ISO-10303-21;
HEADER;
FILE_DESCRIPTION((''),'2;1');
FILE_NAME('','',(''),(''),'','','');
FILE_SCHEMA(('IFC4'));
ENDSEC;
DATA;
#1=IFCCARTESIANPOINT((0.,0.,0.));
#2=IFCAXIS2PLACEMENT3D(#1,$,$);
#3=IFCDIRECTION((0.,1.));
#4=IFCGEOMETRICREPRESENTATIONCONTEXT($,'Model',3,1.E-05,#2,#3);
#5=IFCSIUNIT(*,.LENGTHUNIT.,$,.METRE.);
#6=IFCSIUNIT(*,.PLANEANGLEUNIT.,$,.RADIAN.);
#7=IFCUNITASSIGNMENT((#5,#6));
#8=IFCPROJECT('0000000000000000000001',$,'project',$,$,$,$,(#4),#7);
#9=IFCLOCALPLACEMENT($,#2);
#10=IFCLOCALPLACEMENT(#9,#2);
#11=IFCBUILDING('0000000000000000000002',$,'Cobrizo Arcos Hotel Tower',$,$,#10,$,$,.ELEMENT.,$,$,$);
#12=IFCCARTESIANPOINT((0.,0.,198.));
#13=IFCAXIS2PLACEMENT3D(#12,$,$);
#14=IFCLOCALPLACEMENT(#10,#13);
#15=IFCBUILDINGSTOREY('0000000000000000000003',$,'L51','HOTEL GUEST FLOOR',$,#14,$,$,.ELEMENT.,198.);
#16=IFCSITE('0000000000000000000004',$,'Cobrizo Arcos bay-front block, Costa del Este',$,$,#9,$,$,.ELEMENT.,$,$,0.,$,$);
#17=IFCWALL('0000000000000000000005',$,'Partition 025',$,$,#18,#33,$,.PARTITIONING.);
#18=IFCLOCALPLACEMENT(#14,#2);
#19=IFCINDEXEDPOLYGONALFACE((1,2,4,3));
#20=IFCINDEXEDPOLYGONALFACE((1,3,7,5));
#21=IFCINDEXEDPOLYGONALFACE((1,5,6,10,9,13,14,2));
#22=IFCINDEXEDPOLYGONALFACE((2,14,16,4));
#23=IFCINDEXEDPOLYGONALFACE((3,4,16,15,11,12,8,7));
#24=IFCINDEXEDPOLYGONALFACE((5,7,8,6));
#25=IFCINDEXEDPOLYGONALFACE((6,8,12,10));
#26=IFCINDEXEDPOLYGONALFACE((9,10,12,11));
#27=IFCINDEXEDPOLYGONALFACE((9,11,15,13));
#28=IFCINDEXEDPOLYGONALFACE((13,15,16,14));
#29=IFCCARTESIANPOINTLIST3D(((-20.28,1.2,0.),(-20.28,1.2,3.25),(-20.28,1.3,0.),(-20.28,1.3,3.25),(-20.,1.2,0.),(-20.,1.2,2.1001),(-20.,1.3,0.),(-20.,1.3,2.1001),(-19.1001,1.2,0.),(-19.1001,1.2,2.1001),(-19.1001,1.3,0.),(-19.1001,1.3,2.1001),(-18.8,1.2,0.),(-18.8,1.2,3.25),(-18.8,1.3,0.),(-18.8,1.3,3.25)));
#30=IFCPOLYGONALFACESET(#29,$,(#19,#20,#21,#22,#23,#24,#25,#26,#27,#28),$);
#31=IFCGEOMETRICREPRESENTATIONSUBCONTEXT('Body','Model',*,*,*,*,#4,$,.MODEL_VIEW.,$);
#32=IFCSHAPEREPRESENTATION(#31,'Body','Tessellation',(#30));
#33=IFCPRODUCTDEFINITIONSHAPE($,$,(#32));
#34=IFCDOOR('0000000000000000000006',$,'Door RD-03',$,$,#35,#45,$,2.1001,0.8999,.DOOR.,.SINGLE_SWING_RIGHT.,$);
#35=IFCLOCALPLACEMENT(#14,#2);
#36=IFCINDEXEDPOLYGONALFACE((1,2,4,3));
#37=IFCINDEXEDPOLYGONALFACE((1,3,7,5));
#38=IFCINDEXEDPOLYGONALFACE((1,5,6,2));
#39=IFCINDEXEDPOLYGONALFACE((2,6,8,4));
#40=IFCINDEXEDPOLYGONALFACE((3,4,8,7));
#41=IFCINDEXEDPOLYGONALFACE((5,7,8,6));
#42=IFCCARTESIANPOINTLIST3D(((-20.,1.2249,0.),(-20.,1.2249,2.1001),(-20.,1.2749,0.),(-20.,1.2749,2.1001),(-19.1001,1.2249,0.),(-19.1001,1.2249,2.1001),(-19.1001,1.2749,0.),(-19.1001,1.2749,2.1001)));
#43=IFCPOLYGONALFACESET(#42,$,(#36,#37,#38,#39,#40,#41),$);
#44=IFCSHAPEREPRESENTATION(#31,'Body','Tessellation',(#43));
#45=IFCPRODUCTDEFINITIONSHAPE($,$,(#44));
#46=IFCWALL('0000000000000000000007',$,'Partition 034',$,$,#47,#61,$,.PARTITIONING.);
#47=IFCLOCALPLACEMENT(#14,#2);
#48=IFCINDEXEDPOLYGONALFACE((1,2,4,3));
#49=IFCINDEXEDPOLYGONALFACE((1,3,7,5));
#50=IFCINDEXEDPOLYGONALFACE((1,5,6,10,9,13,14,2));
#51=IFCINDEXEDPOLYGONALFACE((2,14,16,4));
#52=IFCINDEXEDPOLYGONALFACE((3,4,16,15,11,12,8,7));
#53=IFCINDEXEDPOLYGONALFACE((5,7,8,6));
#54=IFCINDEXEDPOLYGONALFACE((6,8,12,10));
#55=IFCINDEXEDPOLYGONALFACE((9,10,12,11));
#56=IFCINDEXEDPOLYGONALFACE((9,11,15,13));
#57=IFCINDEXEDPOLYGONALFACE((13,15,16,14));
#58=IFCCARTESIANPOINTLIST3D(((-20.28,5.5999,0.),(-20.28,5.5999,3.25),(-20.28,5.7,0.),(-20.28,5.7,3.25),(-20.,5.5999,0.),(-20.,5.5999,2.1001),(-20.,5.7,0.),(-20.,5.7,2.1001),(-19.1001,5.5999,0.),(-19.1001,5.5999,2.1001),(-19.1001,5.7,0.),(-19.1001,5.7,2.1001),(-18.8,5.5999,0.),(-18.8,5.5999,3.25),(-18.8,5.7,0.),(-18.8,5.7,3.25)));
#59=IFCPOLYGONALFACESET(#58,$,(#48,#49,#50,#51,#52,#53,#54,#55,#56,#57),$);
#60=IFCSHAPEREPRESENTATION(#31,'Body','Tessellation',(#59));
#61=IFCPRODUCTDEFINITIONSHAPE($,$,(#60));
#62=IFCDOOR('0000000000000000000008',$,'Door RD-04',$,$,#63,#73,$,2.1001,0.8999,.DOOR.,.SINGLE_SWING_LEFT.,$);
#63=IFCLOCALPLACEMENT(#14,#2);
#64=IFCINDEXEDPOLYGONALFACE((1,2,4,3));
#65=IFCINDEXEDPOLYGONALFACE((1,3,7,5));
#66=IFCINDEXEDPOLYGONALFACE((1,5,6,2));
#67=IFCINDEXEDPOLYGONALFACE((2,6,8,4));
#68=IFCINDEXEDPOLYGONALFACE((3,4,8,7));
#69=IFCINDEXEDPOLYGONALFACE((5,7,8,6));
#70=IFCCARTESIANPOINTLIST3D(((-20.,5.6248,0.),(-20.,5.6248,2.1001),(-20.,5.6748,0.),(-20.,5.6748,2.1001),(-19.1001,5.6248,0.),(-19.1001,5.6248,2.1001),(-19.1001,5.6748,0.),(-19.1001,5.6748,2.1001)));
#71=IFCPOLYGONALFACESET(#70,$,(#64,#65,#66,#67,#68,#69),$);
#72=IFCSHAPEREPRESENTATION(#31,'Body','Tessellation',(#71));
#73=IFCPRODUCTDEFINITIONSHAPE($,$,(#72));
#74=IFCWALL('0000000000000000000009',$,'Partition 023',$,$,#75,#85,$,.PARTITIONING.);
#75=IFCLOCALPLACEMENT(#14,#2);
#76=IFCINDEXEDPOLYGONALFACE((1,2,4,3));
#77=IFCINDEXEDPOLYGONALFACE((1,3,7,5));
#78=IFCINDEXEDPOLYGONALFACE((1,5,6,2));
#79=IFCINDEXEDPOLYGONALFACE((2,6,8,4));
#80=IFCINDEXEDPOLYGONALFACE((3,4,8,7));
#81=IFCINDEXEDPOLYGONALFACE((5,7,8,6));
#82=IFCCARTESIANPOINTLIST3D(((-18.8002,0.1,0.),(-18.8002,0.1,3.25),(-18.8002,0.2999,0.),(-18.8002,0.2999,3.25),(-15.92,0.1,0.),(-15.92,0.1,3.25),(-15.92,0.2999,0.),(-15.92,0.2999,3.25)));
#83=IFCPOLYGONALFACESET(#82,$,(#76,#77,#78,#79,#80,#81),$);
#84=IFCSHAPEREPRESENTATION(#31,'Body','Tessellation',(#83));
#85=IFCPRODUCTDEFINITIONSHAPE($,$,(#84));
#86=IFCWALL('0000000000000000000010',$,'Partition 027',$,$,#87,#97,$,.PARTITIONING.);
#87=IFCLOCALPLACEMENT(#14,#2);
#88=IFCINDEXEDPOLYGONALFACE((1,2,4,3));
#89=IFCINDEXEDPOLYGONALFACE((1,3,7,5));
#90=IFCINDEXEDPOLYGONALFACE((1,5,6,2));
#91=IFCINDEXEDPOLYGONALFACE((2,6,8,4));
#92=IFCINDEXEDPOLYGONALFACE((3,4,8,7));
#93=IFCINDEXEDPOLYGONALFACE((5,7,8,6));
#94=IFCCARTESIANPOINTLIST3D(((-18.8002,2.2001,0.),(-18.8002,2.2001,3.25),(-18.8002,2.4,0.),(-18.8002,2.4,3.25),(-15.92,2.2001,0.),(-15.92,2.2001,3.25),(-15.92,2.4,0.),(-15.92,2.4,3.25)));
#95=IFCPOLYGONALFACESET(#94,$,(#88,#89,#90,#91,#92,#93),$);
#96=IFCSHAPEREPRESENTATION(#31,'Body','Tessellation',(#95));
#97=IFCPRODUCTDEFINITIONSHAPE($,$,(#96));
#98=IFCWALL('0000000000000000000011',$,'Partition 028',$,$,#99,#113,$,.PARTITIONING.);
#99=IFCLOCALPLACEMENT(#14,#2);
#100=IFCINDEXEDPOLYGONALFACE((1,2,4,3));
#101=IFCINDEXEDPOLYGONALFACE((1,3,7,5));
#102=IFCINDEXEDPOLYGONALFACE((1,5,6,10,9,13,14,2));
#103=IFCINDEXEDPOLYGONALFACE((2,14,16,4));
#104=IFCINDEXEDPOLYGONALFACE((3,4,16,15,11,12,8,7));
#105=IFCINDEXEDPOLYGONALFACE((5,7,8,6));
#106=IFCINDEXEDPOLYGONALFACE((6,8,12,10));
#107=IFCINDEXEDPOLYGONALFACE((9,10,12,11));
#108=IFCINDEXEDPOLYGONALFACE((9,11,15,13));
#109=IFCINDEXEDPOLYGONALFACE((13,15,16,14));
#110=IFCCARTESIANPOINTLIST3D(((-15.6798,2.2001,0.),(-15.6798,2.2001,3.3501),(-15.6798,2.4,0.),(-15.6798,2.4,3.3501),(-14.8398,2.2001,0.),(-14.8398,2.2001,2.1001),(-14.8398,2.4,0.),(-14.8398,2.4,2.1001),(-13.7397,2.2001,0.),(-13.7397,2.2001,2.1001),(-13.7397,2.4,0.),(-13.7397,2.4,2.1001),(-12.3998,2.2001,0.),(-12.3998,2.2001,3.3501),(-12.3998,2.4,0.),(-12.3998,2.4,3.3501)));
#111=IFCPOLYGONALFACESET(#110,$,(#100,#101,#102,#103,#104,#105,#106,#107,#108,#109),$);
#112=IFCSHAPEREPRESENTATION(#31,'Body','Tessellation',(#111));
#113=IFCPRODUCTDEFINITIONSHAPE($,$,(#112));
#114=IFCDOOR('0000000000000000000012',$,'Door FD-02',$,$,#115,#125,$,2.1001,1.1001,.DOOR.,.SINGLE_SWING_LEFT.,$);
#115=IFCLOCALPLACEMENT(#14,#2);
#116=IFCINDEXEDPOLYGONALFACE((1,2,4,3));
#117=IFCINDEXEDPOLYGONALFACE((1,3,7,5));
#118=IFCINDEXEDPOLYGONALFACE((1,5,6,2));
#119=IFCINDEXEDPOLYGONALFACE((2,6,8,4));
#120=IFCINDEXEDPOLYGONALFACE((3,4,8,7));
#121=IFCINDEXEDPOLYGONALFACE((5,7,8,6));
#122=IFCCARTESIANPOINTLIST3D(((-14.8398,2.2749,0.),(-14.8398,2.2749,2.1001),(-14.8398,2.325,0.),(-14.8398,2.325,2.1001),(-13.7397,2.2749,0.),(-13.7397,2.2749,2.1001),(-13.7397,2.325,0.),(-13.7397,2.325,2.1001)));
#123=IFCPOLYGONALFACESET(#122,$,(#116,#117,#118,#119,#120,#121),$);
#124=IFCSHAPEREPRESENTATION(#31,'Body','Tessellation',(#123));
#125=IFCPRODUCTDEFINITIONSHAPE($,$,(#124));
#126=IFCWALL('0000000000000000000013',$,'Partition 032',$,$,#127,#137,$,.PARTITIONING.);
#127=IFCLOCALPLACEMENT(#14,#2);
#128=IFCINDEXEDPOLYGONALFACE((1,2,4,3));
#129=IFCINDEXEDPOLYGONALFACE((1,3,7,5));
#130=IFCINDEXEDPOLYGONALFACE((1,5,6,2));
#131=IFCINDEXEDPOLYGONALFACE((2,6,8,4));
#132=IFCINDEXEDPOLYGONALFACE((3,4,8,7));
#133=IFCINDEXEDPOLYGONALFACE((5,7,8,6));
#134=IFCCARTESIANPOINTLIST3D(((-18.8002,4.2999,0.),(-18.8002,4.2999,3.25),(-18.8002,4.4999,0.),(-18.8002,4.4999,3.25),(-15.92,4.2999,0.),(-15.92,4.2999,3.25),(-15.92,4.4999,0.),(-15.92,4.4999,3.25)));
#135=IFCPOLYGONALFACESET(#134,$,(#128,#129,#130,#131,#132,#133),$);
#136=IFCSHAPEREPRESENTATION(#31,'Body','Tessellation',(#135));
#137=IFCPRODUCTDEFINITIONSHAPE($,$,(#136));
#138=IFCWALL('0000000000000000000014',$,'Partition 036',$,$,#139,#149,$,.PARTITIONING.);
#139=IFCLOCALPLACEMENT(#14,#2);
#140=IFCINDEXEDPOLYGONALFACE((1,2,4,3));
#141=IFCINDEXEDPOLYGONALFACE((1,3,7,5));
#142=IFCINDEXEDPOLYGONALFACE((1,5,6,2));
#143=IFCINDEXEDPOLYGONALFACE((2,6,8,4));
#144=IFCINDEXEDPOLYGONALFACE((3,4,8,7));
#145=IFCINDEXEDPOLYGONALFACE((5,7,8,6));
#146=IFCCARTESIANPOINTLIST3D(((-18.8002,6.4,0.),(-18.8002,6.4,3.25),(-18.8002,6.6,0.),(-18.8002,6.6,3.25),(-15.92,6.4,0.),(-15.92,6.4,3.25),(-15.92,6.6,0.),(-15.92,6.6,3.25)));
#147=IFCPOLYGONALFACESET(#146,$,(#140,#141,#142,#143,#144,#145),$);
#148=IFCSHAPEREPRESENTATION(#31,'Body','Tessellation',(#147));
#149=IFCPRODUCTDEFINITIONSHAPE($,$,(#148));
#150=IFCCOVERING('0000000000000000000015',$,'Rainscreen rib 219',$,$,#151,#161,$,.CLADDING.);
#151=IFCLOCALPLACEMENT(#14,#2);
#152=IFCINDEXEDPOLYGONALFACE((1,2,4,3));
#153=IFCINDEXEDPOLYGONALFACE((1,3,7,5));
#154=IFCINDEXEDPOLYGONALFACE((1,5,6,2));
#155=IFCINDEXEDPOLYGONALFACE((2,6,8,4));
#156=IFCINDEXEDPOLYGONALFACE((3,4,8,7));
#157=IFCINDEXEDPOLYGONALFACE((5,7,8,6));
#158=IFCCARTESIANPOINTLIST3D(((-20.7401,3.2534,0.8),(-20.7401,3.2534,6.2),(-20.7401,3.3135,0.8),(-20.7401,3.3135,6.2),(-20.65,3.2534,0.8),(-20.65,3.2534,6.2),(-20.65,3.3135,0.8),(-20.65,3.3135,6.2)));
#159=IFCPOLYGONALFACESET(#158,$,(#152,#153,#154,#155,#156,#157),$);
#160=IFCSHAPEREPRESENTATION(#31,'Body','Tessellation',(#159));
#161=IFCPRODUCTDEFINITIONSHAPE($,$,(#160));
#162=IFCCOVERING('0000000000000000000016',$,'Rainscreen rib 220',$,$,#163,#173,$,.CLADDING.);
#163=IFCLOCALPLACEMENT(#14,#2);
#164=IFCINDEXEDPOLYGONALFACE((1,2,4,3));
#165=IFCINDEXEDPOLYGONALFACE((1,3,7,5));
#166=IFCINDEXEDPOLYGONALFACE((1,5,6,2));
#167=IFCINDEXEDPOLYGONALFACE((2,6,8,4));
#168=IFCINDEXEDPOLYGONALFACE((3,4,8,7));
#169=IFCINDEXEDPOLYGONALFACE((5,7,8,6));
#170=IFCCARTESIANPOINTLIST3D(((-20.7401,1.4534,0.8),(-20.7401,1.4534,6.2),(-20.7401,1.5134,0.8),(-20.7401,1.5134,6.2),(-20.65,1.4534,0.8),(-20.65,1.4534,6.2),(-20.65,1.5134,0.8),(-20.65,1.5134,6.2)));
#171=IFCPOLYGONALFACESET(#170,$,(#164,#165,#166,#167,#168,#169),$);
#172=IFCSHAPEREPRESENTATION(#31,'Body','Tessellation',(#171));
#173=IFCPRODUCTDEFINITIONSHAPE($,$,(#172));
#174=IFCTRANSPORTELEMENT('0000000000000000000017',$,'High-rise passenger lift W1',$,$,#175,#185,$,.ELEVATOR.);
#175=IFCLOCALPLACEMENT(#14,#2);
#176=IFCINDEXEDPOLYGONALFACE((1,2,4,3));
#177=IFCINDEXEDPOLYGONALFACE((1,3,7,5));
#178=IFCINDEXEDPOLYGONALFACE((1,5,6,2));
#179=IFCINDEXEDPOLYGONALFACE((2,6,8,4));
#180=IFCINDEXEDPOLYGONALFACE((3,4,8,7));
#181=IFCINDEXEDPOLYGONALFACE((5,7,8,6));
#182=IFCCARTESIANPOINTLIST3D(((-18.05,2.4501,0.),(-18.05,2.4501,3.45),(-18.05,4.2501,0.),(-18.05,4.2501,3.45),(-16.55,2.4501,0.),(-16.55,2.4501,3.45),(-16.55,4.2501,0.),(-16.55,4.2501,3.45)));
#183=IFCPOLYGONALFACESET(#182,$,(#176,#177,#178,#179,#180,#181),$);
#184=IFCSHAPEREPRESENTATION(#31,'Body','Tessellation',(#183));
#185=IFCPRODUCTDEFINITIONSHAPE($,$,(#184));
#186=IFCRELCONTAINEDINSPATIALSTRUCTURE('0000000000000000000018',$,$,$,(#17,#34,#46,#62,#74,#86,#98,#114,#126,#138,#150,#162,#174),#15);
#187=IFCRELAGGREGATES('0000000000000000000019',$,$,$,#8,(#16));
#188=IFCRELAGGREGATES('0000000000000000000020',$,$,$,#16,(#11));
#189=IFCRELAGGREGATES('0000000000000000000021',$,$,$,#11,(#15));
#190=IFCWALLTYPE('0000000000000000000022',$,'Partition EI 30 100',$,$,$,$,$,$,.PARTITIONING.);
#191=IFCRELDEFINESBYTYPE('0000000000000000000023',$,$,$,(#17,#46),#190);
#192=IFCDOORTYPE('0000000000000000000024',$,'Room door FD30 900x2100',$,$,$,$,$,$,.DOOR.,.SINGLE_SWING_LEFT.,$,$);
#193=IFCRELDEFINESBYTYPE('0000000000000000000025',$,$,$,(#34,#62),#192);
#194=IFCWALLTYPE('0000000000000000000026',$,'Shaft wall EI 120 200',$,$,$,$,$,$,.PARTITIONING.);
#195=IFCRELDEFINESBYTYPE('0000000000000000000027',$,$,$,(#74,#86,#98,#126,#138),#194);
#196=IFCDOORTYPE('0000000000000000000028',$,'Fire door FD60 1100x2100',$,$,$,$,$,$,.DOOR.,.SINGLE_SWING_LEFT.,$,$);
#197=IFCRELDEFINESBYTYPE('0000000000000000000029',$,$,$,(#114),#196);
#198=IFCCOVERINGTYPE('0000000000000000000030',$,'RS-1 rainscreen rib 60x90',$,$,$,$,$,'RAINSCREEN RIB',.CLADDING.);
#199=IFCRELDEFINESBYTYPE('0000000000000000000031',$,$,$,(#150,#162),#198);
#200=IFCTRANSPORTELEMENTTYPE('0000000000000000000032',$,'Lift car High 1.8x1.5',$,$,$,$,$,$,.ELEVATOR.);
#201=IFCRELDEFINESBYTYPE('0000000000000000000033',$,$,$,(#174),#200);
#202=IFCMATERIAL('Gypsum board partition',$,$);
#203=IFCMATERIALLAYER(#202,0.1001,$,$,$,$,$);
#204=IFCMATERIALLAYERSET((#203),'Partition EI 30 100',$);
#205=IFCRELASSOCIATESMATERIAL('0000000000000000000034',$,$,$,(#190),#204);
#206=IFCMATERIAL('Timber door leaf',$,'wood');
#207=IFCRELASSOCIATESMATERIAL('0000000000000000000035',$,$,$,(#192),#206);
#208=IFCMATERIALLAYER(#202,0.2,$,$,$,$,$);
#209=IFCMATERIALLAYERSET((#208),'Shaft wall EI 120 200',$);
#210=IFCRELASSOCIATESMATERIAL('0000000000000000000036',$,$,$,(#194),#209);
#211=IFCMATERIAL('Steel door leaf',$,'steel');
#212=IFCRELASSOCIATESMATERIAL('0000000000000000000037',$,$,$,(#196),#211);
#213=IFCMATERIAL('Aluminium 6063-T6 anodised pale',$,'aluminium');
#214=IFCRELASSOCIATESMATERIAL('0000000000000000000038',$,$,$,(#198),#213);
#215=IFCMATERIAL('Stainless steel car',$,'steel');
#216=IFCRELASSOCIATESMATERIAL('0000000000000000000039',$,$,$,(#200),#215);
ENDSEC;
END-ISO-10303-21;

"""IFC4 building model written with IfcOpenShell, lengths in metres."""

from ifc_helpers import new_model, si_unit, direction, frame, frame_2d, origin, origin_2d, place, context, subcontext, project, spatial, rectangle, extrude, material, layer, layer_set, type_object, element, fill, save


model = new_model("IFC4")

# Units and contexts
model_context = context("Model", 3, precision=1e-05, world=origin(), true_north=direction((0.0, 1.0)))
body_context = subcontext(model_context, "Body", "Model", "MODEL_VIEW")
ifc_project = project(units=[si_unit("LENGTHUNIT", "METRE"), si_unit("PLANEANGLEUNIT", "RADIAN")], contexts=[model_context])

# Site, building, storey
site_placement = place(None, origin())
site = spatial("IfcSite", under=ifc_project, at=site_placement, Name="Cobrizo Arcos bay-front block, Costa del Este", CompositionType="ELEMENT", RefElevation=0.0)
building_placement = place(site_placement, origin())
building = spatial("IfcBuilding", under=site, at=building_placement, Name="Cobrizo Arcos Hotel Tower", CompositionType="ELEMENT")
storey_placement = place(building_placement, frame((0.0, 0.0, 198.0)))
storey = spatial("IfcBuildingStorey", under=building, at=storey_placement, Name="L51", Description="HOTEL GUEST FLOOR", CompositionType="ELEMENT", Elevation=198.0)

# Walls, openings, doors
ifc_material_1 = material(Name="Gypsum board partition")
ifc_layer_1 = layer(ifc_material_1, 0.1001)
ifc_layer_set_1 = layer_set([ifc_layer_1], Name="Partition EI 30 100")
wall_type_1 = type_object("IfcWallType", Name="Partition EI 30 100", PredefinedType="PARTITIONING", material=ifc_layer_set_1)
wall_1_placement = place(storey_placement, frame((-20.28, 1.25, 0.0), z_axis=(0.0, 0.0, 1.0), x_axis=(1.0, 0.0, 0.0)))
wall_1 = element("IfcWall", 1, at=wall_1_placement, inside=storey, type_object=wall_type_1, Name="Partition 025", PredefinedType="PARTITIONING", context=body_context, shape_type="SweptSolid", body=[
    extrude(rectangle(XDim=1.48, YDim=0.1001, at=frame_2d((0.74, 0.0))), origin(), (0.0, 0.0, 1.0), 3.25),
])
opening_1_placement = place(wall_1_placement, frame((0.28, 0.0, 0.0)))
opening_1 = element("IfcOpeningElement", 2, at=opening_1_placement, cuts=wall_1, PredefinedType="OPENING", context=body_context, shape_type="SweptSolid", body=[
    extrude(rectangle(XDim=0.8999, YDim=2.1001, at=frame_2d((0.45, 1.05))), frame((0.0, 0.062, 0.0), z_axis=(0.0, -1.0, 0.0), x_axis=(1.0, 0.0, 0.0)), (0.0, 0.0, 1.0), 0.124),
])
ifc_material_2 = material(Name="Timber door leaf", Category="wood")
door_type_1 = type_object("IfcDoorType", Name="Room door FD30 900x2100", OperationType="SINGLE_SWING_LEFT", PredefinedType="DOOR", material=ifc_material_2)
door_1_placement = place(opening_1_placement, origin())
door_1 = element("IfcDoor", 3, at=door_1_placement, inside=storey, type_object=door_type_1, Name="Door RD-03", OperationType="SINGLE_SWING_RIGHT", OverallHeight=2.1001, OverallWidth=0.8999, PredefinedType="DOOR", context=body_context, shape_type="SweptSolid", body=[
    extrude(rectangle(XDim=0.8999, YDim=2.1001, at=frame_2d((0.45, 1.05))), frame((0.0, 0.0249, 0.0), z_axis=(0.0, -1.0, 0.0), x_axis=(1.0, 0.0, 0.0)), (0.0, 0.0, 1.0), 0.05),
])
fill(opening_1, door_1)
wall_2_placement = place(storey_placement, frame((-20.28, 5.6499, 0.0), z_axis=(0.0, 0.0, 1.0), x_axis=(1.0, 0.0, 0.0)))
wall_2 = element("IfcWall", 4, at=wall_2_placement, inside=storey, type_object=wall_type_1, Name="Partition 034", PredefinedType="PARTITIONING", context=body_context, shape_type="SweptSolid", body=[
    extrude(rectangle(XDim=1.48, YDim=0.1001, at=frame_2d((0.74, 0.0))), origin(), (0.0, 0.0, 1.0), 3.25),
])
opening_2_placement = place(wall_2_placement, frame((0.28, 0.0, 0.0)))
opening_2 = element("IfcOpeningElement", 5, at=opening_2_placement, cuts=wall_2, PredefinedType="OPENING", context=body_context, shape_type="SweptSolid", body=[
    extrude(rectangle(XDim=0.8999, YDim=2.1001, at=frame_2d((0.45, 1.05))), frame((0.0, 0.062, 0.0), z_axis=(0.0, -1.0, 0.0), x_axis=(1.0, 0.0, 0.0)), (0.0, 0.0, 1.0), 0.124),
])
door_2_placement = place(opening_2_placement, origin())
door_2 = element("IfcDoor", 6, at=door_2_placement, inside=storey, type_object=door_type_1, Name="Door RD-04", OperationType="SINGLE_SWING_LEFT", OverallHeight=2.1001, OverallWidth=0.8999, PredefinedType="DOOR", context=body_context, shape_type="SweptSolid", body=[
    extrude(rectangle(XDim=0.8999, YDim=2.1001, at=frame_2d((0.45, 1.05))), frame((0.0, 0.0249, 0.0), z_axis=(0.0, -1.0, 0.0), x_axis=(1.0, 0.0, 0.0)), (0.0, 0.0, 1.0), 0.05),
])
fill(opening_2, door_2)

# Walls
ifc_layer_2 = layer(ifc_material_1, 0.2)
ifc_layer_set_2 = layer_set([ifc_layer_2], Name="Shaft wall EI 120 200")
wall_type_2 = type_object("IfcWallType", Name="Shaft wall EI 120 200", PredefinedType="PARTITIONING", material=ifc_layer_set_2)
for number, where, z_axis, x_axis, name in (
    (7, (-18.8, 0.2, 0.0), (0.0, 0.0, 1.0), (1.0, 0.0, 0.0), "Partition 023"),
    (8, (-18.8, 2.3, 0.0), (0.0, 0.0, 1.0), (1.0, 0.0, 0.0), "Partition 027"),
):
    element("IfcWall", number, at=place(storey_placement, frame(where, z_axis=z_axis, x_axis=x_axis)), inside=storey, type_object=wall_type_2, Name=name, PredefinedType="PARTITIONING", context=body_context, shape_type="SweptSolid", body=[
        extrude(rectangle(XDim=2.8801, YDim=0.2, at=frame_2d((1.4399, 0.0))), origin(), (0.0, 0.0, 1.0), 3.25),
    ])

# Wall, opening, door
wall_3_placement = place(storey_placement, frame((-15.6799, 2.3, 0.0), z_axis=(0.0, 0.0, 1.0), x_axis=(1.0, 0.0, 0.0)))
wall_3 = element("IfcWall", 9, at=wall_3_placement, inside=storey, type_object=wall_type_2, Name="Partition 028", PredefinedType="PARTITIONING", context=body_context, shape_type="SweptSolid", body=[
    extrude(rectangle(XDim=3.28, YDim=0.2, at=frame_2d((1.6401, 0.0))), origin(), (0.0, 0.0, 1.0), 3.3501),
])
opening_3_placement = place(wall_3_placement, frame((0.8401, 0.0, 0.0)))
opening_3 = element("IfcOpeningElement", 10, at=opening_3_placement, cuts=wall_3, PredefinedType="OPENING", context=body_context, shape_type="SweptSolid", body=[
    extrude(rectangle(XDim=1.1001, YDim=2.1001, at=frame_2d((0.55, 1.05))), frame((0.0, 0.1121, 0.0), z_axis=(0.0, -1.0, 0.0), x_axis=(1.0, 0.0, 0.0)), (0.0, 0.0, 1.0), 0.2239),
])
ifc_material_3 = material(Name="Steel door leaf", Category="steel")
door_type_2 = type_object("IfcDoorType", Name="Fire door FD60 1100x2100", OperationType="SINGLE_SWING_LEFT", PredefinedType="DOOR", material=ifc_material_3)
door_3_placement = place(opening_3_placement, origin())
door_3 = element("IfcDoor", 11, at=door_3_placement, inside=storey, type_object=door_type_2, Name="Door FD-02", OperationType="SINGLE_SWING_LEFT", OverallHeight=2.1001, OverallWidth=1.1001, PredefinedType="DOOR", context=body_context, shape_type="SweptSolid", body=[
    extrude(rectangle(XDim=1.1001, YDim=2.1001, at=frame_2d((0.55, 1.05))), frame((0.0, 0.0249, 0.0), z_axis=(0.0, -1.0, 0.0), x_axis=(1.0, 0.0, 0.0)), (0.0, 0.0, 1.0), 0.05),
])
fill(opening_3, door_3)

# Walls
for number, where, z_axis, x_axis, name in (
    (12, (-18.8, 4.3999, 0.0), (0.0, 0.0, 1.0), (1.0, 0.0, 0.0), "Partition 032"),
    (13, (-18.8, 6.5, 0.0), (0.0, 0.0, 1.0), (1.0, 0.0, 0.0), "Partition 036"),
):
    element("IfcWall", number, at=place(storey_placement, frame(where, z_axis=z_axis, x_axis=x_axis)), inside=storey, type_object=wall_type_2, Name=name, PredefinedType="PARTITIONING", context=body_context, shape_type="SweptSolid", body=[
        extrude(rectangle(XDim=2.8801, YDim=0.2, at=frame_2d((1.4399, 0.0))), origin(), (0.0, 0.0, 1.0), 3.25),
    ])

# Coverings
ifc_material_4 = material(Name="Aluminium 6063-T6 anodised pale", Category="aluminium")
covering_type = type_object("IfcCoveringType", Name="RS-1 rainscreen rib 60x90", ElementType="RAINSCREEN RIB", PredefinedType="CLADDING", material=ifc_material_4)
for number, where, z_axis, x_axis, name in (
    (14, (-20.6951, 3.2834, 0.8), (0.0, 0.0, 1.0), (0.0, -1.0, 0.0), "Rainscreen rib 219"),
    (15, (-20.6951, 1.4834, 0.8), (0.0, 0.0, 1.0), (0.0, -1.0, 0.0), "Rainscreen rib 220"),
):
    element("IfcCovering", number, at=place(storey_placement, frame(where, z_axis=z_axis, x_axis=x_axis)), inside=storey, type_object=covering_type, Name=name, PredefinedType="CLADDING", context=body_context, shape_type="SweptSolid", body=[
        extrude(rectangle(XDim=0.0601, YDim=0.0901, at=origin_2d()), origin(), (0.0, 0.0, 1.0), 5.3999),
    ])

# Transport element
ifc_material_5 = material(Name="Stainless steel car", Category="steel")
transport_element_type = type_object("IfcTransportElementType", Name="Lift car High 1.8x1.5", PredefinedType="ELEVATOR", material=ifc_material_5)
for number, where, z_axis, x_axis, name in (
    (16, (-17.3, 3.3501, 0.0), (0.0, 0.0, 1.0), (1.0, 0.0, 0.0), "High-rise passenger lift W1"),
):
    element("IfcTransportElement", number, at=place(storey_placement, frame(where, z_axis=z_axis, x_axis=x_axis)), inside=storey, type_object=transport_element_type, Name=name, PredefinedType="ELEVATOR", context=body_context, shape_type="SweptSolid", body=[
        extrude(rectangle(XDim=1.5, YDim=1.8, at=origin_2d()), origin(), (0.0, 0.0, 1.0), 3.45),
    ])

save(model, "model.ifc")
